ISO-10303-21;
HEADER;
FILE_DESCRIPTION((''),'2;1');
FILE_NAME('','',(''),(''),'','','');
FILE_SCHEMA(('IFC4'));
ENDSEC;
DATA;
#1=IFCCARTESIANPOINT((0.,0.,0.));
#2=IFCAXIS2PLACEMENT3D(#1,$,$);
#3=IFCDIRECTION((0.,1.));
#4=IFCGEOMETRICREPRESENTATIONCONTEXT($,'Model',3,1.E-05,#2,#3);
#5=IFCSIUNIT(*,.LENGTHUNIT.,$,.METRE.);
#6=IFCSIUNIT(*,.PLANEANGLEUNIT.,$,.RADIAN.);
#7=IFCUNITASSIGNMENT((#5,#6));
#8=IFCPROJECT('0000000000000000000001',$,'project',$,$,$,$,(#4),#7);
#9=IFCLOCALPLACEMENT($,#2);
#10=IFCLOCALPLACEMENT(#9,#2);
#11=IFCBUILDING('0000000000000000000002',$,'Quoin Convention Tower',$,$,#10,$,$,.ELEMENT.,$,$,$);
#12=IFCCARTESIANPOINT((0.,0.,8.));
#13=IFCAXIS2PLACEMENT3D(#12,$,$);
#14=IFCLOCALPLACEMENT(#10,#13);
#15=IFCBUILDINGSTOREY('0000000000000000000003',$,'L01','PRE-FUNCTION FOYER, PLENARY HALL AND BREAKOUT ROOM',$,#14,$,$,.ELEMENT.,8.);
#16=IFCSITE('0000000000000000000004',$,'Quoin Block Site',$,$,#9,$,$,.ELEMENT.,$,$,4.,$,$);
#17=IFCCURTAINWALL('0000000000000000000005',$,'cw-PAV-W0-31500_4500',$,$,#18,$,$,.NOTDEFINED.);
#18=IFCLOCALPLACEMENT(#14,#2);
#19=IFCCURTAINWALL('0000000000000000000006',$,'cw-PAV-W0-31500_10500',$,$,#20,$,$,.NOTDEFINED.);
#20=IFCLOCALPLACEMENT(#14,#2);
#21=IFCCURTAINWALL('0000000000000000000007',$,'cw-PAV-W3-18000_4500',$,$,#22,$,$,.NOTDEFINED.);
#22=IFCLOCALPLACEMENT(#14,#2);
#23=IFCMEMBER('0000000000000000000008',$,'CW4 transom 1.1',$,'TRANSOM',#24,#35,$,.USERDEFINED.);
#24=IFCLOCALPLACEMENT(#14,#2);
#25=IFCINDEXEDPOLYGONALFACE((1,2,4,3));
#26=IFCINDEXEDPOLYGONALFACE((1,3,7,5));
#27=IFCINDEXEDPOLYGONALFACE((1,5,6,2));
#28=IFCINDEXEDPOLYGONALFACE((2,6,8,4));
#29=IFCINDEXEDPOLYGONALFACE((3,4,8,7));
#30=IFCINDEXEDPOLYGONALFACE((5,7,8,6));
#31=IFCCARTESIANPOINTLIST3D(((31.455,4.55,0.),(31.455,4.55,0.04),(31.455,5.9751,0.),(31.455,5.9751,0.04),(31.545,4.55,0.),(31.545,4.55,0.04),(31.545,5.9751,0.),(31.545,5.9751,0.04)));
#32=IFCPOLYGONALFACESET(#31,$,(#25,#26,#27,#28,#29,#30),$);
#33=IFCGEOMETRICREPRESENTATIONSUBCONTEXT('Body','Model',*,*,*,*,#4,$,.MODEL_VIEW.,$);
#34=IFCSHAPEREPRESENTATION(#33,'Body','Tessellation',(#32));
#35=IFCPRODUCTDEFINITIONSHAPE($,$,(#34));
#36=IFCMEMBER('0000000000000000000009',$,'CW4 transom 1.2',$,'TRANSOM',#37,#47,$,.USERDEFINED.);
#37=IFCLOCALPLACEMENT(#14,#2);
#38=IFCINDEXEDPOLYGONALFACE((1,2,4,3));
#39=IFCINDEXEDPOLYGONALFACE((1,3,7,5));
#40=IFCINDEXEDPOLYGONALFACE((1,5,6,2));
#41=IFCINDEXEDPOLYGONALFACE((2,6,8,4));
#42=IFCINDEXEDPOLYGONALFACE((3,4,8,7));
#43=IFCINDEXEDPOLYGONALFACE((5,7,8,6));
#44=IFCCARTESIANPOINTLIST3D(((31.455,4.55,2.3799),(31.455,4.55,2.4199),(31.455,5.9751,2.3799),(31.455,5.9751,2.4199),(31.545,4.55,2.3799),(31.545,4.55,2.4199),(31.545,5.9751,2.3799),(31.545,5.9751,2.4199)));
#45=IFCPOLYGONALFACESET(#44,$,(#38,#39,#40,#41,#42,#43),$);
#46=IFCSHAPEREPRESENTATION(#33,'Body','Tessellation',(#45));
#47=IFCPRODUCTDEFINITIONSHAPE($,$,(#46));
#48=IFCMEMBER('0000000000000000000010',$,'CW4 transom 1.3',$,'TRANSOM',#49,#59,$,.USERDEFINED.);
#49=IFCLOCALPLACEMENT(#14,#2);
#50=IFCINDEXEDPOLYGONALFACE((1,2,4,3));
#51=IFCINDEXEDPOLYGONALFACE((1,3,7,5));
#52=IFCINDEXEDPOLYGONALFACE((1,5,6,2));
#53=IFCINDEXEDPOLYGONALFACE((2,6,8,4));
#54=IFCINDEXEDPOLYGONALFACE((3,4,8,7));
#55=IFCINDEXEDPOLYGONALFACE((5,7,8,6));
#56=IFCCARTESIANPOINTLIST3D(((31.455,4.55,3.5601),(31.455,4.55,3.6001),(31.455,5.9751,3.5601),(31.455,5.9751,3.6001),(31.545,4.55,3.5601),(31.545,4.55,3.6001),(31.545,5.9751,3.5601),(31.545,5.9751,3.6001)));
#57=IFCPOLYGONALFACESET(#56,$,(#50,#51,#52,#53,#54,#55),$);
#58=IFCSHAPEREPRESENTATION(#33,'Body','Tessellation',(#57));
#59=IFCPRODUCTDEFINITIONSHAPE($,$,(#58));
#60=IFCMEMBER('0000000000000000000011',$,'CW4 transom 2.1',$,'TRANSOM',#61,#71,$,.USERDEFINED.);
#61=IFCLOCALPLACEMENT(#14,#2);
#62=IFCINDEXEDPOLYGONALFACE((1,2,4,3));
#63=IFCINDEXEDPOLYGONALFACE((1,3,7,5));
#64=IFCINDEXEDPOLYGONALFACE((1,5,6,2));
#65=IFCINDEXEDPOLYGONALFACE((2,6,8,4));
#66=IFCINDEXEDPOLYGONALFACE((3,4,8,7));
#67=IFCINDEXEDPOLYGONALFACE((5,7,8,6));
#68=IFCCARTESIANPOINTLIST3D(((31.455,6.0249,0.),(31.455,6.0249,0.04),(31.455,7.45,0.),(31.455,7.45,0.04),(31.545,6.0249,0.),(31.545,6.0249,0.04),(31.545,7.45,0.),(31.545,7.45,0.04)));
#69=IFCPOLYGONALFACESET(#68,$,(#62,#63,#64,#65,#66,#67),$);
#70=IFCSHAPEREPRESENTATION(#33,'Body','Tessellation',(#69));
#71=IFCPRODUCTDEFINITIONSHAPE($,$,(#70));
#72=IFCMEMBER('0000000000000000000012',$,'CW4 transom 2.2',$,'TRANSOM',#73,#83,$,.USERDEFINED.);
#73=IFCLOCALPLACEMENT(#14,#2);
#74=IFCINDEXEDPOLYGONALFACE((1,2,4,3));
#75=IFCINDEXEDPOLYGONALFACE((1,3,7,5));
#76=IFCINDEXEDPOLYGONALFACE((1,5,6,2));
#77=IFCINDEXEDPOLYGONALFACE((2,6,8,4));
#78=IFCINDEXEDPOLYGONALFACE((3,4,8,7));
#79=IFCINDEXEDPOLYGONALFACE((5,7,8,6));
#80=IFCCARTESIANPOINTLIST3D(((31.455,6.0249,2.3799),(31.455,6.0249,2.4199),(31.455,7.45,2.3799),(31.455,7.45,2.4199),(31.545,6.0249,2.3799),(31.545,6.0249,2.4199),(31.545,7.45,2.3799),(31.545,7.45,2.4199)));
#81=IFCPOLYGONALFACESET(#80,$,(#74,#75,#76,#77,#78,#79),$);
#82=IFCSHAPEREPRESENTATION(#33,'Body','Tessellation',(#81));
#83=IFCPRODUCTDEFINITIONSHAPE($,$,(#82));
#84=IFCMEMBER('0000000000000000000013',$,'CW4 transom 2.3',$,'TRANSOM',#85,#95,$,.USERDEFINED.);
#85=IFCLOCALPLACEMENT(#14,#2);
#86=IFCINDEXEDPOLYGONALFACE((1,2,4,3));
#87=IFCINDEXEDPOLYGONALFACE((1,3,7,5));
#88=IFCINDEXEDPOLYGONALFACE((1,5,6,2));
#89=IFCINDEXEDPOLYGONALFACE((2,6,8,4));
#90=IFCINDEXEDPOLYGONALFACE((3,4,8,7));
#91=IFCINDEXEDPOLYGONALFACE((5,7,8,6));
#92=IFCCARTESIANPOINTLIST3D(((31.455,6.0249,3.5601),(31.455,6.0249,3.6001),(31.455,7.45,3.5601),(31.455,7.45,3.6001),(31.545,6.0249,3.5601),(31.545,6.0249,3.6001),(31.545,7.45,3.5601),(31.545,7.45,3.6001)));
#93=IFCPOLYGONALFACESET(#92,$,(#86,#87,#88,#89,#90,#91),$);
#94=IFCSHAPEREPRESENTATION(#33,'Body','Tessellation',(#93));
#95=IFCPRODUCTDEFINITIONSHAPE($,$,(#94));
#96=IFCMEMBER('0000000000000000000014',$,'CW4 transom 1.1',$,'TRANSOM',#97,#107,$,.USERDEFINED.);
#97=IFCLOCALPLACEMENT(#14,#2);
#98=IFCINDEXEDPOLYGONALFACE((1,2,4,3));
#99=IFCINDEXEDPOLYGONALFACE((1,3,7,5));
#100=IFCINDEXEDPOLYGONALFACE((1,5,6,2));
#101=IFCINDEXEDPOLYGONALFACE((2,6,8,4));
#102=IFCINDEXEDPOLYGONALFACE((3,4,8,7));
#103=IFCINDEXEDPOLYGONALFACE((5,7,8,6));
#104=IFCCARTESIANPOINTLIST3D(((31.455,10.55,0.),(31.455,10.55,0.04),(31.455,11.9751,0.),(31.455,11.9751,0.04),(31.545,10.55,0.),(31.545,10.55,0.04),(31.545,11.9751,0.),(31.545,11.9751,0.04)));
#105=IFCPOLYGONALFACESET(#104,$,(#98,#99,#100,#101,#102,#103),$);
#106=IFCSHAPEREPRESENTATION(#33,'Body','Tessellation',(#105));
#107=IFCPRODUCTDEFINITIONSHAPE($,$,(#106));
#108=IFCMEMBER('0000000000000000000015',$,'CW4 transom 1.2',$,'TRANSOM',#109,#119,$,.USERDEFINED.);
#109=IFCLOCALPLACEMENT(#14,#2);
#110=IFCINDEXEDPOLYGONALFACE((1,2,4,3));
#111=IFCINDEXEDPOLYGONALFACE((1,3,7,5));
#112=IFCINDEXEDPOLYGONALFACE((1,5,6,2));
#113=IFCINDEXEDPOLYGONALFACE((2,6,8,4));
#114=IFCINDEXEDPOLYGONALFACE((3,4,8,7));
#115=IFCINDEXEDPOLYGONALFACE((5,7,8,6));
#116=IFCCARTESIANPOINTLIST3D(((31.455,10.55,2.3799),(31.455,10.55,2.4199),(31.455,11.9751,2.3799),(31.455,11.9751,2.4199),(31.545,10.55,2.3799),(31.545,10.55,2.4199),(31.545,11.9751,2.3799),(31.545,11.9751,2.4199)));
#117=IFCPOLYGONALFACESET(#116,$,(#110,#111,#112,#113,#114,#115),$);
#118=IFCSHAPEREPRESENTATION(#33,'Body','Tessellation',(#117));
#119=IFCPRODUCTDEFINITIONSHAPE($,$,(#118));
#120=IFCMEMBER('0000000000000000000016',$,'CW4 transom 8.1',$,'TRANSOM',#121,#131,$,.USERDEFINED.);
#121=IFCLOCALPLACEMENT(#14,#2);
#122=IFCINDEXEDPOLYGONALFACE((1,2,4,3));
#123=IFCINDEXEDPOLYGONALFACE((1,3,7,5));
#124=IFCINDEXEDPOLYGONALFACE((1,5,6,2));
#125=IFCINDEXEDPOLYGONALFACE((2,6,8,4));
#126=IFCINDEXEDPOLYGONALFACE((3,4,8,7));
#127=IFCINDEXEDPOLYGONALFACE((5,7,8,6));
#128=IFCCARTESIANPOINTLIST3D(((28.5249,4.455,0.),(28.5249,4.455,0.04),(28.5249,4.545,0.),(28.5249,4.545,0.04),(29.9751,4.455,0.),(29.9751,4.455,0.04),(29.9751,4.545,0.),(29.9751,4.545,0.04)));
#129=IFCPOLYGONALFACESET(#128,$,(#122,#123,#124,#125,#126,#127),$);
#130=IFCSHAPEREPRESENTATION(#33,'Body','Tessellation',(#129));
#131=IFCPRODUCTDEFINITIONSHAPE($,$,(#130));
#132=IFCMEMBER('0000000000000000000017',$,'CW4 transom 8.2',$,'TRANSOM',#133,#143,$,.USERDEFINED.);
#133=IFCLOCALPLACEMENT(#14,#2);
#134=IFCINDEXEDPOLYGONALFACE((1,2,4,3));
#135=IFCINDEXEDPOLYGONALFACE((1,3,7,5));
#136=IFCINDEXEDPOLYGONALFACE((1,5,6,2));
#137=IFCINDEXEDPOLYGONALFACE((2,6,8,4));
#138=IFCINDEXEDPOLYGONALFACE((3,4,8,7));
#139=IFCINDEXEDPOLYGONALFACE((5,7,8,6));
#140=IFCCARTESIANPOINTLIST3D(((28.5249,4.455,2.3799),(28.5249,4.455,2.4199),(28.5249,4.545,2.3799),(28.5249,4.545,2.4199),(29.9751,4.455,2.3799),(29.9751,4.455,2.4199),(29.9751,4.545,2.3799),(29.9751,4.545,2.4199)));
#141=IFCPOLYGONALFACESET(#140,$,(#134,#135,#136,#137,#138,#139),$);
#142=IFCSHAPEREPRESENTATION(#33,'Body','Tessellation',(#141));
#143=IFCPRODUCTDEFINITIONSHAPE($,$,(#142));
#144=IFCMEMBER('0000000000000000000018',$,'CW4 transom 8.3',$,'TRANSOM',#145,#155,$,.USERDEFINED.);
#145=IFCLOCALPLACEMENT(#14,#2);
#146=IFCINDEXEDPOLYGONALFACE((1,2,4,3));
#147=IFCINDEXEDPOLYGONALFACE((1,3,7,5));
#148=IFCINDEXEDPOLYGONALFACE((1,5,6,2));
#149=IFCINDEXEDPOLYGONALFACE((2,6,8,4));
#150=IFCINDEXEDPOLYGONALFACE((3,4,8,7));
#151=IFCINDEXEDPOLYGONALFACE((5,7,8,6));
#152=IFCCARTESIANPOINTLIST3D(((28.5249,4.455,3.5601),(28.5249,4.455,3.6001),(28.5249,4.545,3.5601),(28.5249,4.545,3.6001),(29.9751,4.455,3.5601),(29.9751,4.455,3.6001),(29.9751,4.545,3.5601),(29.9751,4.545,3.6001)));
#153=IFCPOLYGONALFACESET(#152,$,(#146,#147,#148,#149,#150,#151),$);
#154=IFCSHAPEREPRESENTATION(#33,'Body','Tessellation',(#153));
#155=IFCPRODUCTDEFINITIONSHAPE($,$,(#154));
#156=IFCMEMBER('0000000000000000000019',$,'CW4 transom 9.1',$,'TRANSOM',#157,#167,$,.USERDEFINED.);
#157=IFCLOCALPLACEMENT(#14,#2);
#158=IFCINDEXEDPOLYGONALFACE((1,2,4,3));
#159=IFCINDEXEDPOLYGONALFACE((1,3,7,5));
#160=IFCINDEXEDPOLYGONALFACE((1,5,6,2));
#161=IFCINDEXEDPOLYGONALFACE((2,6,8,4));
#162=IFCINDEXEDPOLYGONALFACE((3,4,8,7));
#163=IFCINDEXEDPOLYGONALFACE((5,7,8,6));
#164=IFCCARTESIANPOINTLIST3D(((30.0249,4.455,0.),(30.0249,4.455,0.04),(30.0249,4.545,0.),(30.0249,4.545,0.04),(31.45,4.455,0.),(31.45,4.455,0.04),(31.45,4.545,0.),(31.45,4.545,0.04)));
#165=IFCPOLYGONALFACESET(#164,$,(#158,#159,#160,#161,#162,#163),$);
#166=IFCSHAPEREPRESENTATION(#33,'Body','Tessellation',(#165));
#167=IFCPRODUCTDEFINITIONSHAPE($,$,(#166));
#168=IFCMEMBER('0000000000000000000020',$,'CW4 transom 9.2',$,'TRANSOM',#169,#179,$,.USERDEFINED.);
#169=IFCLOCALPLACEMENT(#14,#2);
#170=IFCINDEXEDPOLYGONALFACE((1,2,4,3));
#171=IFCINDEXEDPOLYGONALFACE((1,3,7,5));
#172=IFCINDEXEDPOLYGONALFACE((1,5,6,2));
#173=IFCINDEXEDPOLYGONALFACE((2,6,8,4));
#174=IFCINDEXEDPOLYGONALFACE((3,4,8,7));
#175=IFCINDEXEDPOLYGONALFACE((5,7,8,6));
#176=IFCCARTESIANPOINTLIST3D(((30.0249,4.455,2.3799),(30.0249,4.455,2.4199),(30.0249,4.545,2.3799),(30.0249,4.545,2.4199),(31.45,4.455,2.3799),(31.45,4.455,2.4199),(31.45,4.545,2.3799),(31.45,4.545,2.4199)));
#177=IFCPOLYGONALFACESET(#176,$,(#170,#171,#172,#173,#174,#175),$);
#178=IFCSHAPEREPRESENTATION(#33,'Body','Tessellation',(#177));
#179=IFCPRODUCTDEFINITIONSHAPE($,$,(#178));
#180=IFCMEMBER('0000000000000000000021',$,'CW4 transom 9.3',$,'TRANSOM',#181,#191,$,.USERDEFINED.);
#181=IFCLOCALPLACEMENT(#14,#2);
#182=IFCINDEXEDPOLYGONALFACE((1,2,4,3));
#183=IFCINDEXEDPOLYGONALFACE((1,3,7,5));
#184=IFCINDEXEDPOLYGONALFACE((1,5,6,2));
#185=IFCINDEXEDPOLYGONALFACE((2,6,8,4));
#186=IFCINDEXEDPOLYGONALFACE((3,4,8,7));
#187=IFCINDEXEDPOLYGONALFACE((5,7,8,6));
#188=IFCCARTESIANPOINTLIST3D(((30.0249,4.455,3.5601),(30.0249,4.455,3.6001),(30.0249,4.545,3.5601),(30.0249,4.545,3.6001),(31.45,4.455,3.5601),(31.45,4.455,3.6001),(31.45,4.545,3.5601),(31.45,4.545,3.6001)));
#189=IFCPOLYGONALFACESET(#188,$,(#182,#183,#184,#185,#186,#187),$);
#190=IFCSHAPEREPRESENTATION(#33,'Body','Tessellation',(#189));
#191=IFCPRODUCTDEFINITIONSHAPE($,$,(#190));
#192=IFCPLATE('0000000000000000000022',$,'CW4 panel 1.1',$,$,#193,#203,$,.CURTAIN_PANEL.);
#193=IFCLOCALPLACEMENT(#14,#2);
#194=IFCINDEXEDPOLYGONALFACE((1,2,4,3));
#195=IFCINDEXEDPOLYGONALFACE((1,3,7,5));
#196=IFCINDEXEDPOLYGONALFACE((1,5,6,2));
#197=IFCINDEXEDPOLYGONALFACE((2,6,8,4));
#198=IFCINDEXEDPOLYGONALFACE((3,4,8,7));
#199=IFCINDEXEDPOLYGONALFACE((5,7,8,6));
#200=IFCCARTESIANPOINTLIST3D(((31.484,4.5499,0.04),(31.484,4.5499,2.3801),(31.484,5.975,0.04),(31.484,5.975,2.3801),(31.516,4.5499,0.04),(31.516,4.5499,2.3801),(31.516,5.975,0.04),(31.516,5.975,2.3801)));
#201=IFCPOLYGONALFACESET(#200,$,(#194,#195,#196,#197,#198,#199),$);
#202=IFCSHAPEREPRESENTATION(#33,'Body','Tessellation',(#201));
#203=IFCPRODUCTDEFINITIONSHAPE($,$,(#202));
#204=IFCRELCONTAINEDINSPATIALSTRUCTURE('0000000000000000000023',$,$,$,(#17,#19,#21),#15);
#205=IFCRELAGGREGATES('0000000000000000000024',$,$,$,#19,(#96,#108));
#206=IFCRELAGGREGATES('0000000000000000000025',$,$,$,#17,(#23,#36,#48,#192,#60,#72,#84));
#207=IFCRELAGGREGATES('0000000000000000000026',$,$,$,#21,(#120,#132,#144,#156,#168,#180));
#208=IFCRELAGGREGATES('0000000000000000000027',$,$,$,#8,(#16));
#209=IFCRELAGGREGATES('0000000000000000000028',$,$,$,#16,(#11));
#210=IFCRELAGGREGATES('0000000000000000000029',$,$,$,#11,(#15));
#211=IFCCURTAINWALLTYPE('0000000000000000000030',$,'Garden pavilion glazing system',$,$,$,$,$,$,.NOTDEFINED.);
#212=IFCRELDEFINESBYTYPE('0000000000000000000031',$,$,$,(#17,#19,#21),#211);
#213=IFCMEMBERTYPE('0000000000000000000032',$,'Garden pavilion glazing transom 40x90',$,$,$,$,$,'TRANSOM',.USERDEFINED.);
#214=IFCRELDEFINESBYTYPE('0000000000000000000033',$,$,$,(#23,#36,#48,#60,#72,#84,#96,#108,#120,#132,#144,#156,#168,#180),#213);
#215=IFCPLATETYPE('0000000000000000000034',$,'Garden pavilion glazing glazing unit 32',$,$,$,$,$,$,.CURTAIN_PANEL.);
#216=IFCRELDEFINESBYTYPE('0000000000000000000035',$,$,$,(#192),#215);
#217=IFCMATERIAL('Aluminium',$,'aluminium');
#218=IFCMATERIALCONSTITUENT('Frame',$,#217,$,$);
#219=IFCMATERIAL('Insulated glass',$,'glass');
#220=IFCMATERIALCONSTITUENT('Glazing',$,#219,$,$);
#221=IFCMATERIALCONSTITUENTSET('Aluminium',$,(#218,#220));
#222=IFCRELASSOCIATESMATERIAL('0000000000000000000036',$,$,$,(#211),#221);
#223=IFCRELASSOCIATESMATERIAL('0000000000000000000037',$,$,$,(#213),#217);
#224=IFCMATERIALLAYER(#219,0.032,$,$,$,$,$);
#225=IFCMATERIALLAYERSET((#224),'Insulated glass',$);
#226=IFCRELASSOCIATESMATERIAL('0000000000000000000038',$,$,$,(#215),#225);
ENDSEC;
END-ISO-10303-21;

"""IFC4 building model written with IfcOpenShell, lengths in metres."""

from ifc_helpers import new_model, si_unit, direction, frame, origin, origin_2d, place, context, subcontext, project, spatial, rectangle, extrude, material, layer, layer_set, constituent, constituent_set, material_profile, profile_set, type_object, element, aggregate, save


model = new_model("IFC4")

# Units and contexts
model_context = context("Model", 3, precision=1e-05, world=origin(), true_north=direction((0.0, 1.0)))
body_context = subcontext(model_context, "Body", "Model", "MODEL_VIEW")
ifc_project = project(units=[si_unit("LENGTHUNIT", "METRE"), si_unit("PLANEANGLEUNIT", "RADIAN")], contexts=[model_context])

# Site, building, storey
site_placement = place(None, origin())
site = spatial("IfcSite", under=ifc_project, at=site_placement, Name="Quoin Block Site", CompositionType="ELEMENT", RefElevation=4.0)
building_placement = place(site_placement, origin())
building = spatial("IfcBuilding", under=site, at=building_placement, Name="Quoin Convention Tower", CompositionType="ELEMENT")
storey_placement = place(building_placement, frame((0.0, 0.0, 8.0)))
storey = spatial("IfcBuildingStorey", under=building, at=storey_placement, Name="L01", Description="PRE-FUNCTION FOYER, PLENARY HALL AND BREAKOUT ROOM", CompositionType="ELEMENT", Elevation=8.0)

# Curtain wall
ifc_material_1 = material(Name="Aluminium", Category="aluminium")
ifc_constituent_1 = constituent(ifc_material_1, Name="Frame")
ifc_material_2 = material(Name="Insulated glass", Category="glass")
ifc_constituent_2 = constituent(ifc_material_2, Name="Glazing")
ifc_constituent_set_1 = constituent_set(constituents=[ifc_constituent_1, ifc_constituent_2], Name="Aluminium")
curtain_wall_type = type_object("IfcCurtainWallType", Name="Garden pavilion glazing system", PredefinedType="NOTDEFINED", material=ifc_constituent_set_1)
curtain_wall_1_placement = place(storey_placement, origin())
curtain_wall_1 = element("IfcCurtainWall", 1, at=curtain_wall_1_placement, inside=storey, type_object=curtain_wall_type, Name="cw-PAV-W0-31500_4500", PredefinedType="NOTDEFINED")

# Curtain wall
curtain_wall_2_placement = place(storey_placement, origin())
curtain_wall_2 = element("IfcCurtainWall", 2, at=curtain_wall_2_placement, inside=storey, type_object=curtain_wall_type, Name="cw-PAV-W0-31500_10500", PredefinedType="NOTDEFINED")

# Curtain wall
curtain_wall_3_placement = place(storey_placement, origin())
curtain_wall_3 = element("IfcCurtainWall", 3, at=curtain_wall_3_placement, inside=storey, type_object=curtain_wall_type, Name="cw-PAV-W3-18000_4500", PredefinedType="NOTDEFINED")

# Members
ifc_material_profile_1 = material_profile(ifc_material_1, rectangle(XDim=0.0901, YDim=0.04, at=origin_2d()), Name="Garden pavilion glazing transom 40x90")
ifc_profile_set_1 = profile_set([ifc_material_profile_1], Name="Aluminium")
member_type_1 = type_object("IfcMemberType", Name="Garden pavilion glazing transom 40x90", ElementType="TRANSOM", PredefinedType="USERDEFINED", material=ifc_profile_set_1)
member_1_placement = place(storey_placement, frame((31.5, 4.55, 0.02), z_axis=(0.0, 1.0, 0.0), x_axis=(-1.0, 0.0, 0.0)))
member_1 = element("IfcMember", 4, at=member_1_placement, type_object=member_type_1, Name="CW4 transom 1.1", ObjectType="TRANSOM", PredefinedType="USERDEFINED", context=body_context, shape_type="SweptSolid", body=[
    extrude(rectangle(XDim=0.0901, YDim=0.04, at=origin_2d()), origin(), (0.0, 0.0, 1.0), 1.425),
])
member_2_placement = place(storey_placement, frame((31.5, 4.55, 2.3999), z_axis=(0.0, 1.0, 0.0), x_axis=(-1.0, 0.0, 0.0)))
member_2 = element("IfcMember", 5, at=member_2_placement, type_object=member_type_1, Name="CW4 transom 1.2", ObjectType="TRANSOM", PredefinedType="USERDEFINED", context=body_context, shape_type="SweptSolid", body=[
    extrude(rectangle(XDim=0.0901, YDim=0.04, at=origin_2d()), origin(), (0.0, 0.0, 1.0), 1.425),
])
member_3_placement = place(storey_placement, frame((31.5, 4.55, 3.5801), z_axis=(0.0, 1.0, 0.0), x_axis=(-1.0, 0.0, 0.0)))
member_3 = element("IfcMember", 6, at=member_3_placement, type_object=member_type_1, Name="CW4 transom 1.3", ObjectType="TRANSOM", PredefinedType="USERDEFINED", context=body_context, shape_type="SweptSolid", body=[
    extrude(rectangle(XDim=0.0901, YDim=0.04, at=origin_2d()), origin(), (0.0, 0.0, 1.0), 1.425),
])
member_4_placement = place(storey_placement, frame((31.5, 6.0249, 0.02), z_axis=(0.0, 1.0, 0.0), x_axis=(-1.0, 0.0, 0.0)))
member_4 = element("IfcMember", 7, at=member_4_placement, type_object=member_type_1, Name="CW4 transom 2.1", ObjectType="TRANSOM", PredefinedType="USERDEFINED", context=body_context, shape_type="SweptSolid", body=[
    extrude(rectangle(XDim=0.0901, YDim=0.04, at=origin_2d()), origin(), (0.0, 0.0, 1.0), 1.425),
])
member_5_placement = place(storey_placement, frame((31.5, 6.0249, 2.3999), z_axis=(0.0, 1.0, 0.0), x_axis=(-1.0, 0.0, 0.0)))
member_5 = element("IfcMember", 8, at=member_5_placement, type_object=member_type_1, Name="CW4 transom 2.2", ObjectType="TRANSOM", PredefinedType="USERDEFINED", context=body_context, shape_type="SweptSolid", body=[
    extrude(rectangle(XDim=0.0901, YDim=0.04, at=origin_2d()), origin(), (0.0, 0.0, 1.0), 1.425),
])
member_6_placement = place(storey_placement, frame((31.5, 6.0249, 3.5801), z_axis=(0.0, 1.0, 0.0), x_axis=(-1.0, 0.0, 0.0)))
member_6 = element("IfcMember", 9, at=member_6_placement, type_object=member_type_1, Name="CW4 transom 2.3", ObjectType="TRANSOM", PredefinedType="USERDEFINED", context=body_context, shape_type="SweptSolid", body=[
    extrude(rectangle(XDim=0.0901, YDim=0.04, at=origin_2d()), origin(), (0.0, 0.0, 1.0), 1.425),
])
member_7_placement = place(storey_placement, frame((31.5, 10.55, 0.02), z_axis=(0.0, 1.0, 0.0), x_axis=(-1.0, 0.0, 0.0)))
member_7 = element("IfcMember", 10, at=member_7_placement, type_object=member_type_1, Name="CW4 transom 1.1", ObjectType="TRANSOM", PredefinedType="USERDEFINED", context=body_context, shape_type="SweptSolid", body=[
    extrude(rectangle(XDim=0.0901, YDim=0.04, at=origin_2d()), origin(), (0.0, 0.0, 1.0), 1.425),
])
member_8_placement = place(storey_placement, frame((31.5, 10.55, 2.3999), z_axis=(0.0, 1.0, 0.0), x_axis=(-1.0, 0.0, 0.0)))
member_8 = element("IfcMember", 11, at=member_8_placement, type_object=member_type_1, Name="CW4 transom 1.2", ObjectType="TRANSOM", PredefinedType="USERDEFINED", context=body_context, shape_type="SweptSolid", body=[
    extrude(rectangle(XDim=0.0901, YDim=0.04, at=origin_2d()), origin(), (0.0, 0.0, 1.0), 1.425),
])
aggregate(curtain_wall_2, [member_7, member_8])
member_9_placement = place(storey_placement, frame((28.5249, 4.5, 0.02), z_axis=(1.0, 0.0, 0.0), x_axis=(0.0, 1.0, 0.0)))
member_9 = element("IfcMember", 12, at=member_9_placement, type_object=member_type_1, Name="CW4 transom 8.1", ObjectType="TRANSOM", PredefinedType="USERDEFINED", context=body_context, shape_type="SweptSolid", body=[
    extrude(rectangle(XDim=0.0901, YDim=0.04, at=origin_2d()), origin(), (0.0, 0.0, 1.0), 1.4502),
])
member_10_placement = place(storey_placement, frame((28.5249, 4.5, 2.3999), z_axis=(1.0, 0.0, 0.0), x_axis=(0.0, 1.0, 0.0)))
member_10 = element("IfcMember", 13, at=member_10_placement, type_object=member_type_1, Name="CW4 transom 8.2", ObjectType="TRANSOM", PredefinedType="USERDEFINED", context=body_context, shape_type="SweptSolid", body=[
    extrude(rectangle(XDim=0.0901, YDim=0.04, at=origin_2d()), origin(), (0.0, 0.0, 1.0), 1.4502),
])
member_11_placement = place(storey_placement, frame((28.5249, 4.5, 3.5801), z_axis=(1.0, 0.0, 0.0), x_axis=(0.0, 1.0, 0.0)))
member_11 = element("IfcMember", 14, at=member_11_placement, type_object=member_type_1, Name="CW4 transom 8.3", ObjectType="TRANSOM", PredefinedType="USERDEFINED", context=body_context, shape_type="SweptSolid", body=[
    extrude(rectangle(XDim=0.0901, YDim=0.04, at=origin_2d()), origin(), (0.0, 0.0, 1.0), 1.4502),
])
member_12_placement = place(storey_placement, frame((30.0249, 4.5, 0.02), z_axis=(1.0, 0.0, 0.0), x_axis=(0.0, 1.0, 0.0)))
member_12 = element("IfcMember", 15, at=member_12_placement, type_object=member_type_1, Name="CW4 transom 9.1", ObjectType="TRANSOM", PredefinedType="USERDEFINED", context=body_context, shape_type="SweptSolid", body=[
    extrude(rectangle(XDim=0.0901, YDim=0.04, at=origin_2d()), origin(), (0.0, 0.0, 1.0), 1.425),
])
member_13_placement = place(storey_placement, frame((30.0249, 4.5, 2.3999), z_axis=(1.0, 0.0, 0.0), x_axis=(0.0, 1.0, 0.0)))
member_13 = element("IfcMember", 16, at=member_13_placement, type_object=member_type_1, Name="CW4 transom 9.2", ObjectType="TRANSOM", PredefinedType="USERDEFINED", context=body_context, shape_type="SweptSolid", body=[
    extrude(rectangle(XDim=0.0901, YDim=0.04, at=origin_2d()), origin(), (0.0, 0.0, 1.0), 1.425),
])
member_14_placement = place(storey_placement, frame((30.0249, 4.5, 3.5801), z_axis=(1.0, 0.0, 0.0), x_axis=(0.0, 1.0, 0.0)))
member_14 = element("IfcMember", 17, at=member_14_placement, type_object=member_type_1, Name="CW4 transom 9.3", ObjectType="TRANSOM", PredefinedType="USERDEFINED", context=body_context, shape_type="SweptSolid", body=[
    extrude(rectangle(XDim=0.0901, YDim=0.04, at=origin_2d()), origin(), (0.0, 0.0, 1.0), 1.425),
])

# Plate
ifc_layer_1 = layer(ifc_material_2, 0.032)
ifc_layer_set_1 = layer_set([ifc_layer_1], Name="Insulated glass")
plate_type = type_object("IfcPlateType", Name="Garden pavilion glazing glazing unit 32", PredefinedType="CURTAIN_PANEL", material=ifc_layer_set_1)
plate_1_placement = place(storey_placement, frame((31.5, 5.2625, 0.04), z_axis=(0.0, 0.0, 1.0), x_axis=(0.0, 1.0, 0.0)))
plate_1 = element("IfcPlate", 18, at=plate_1_placement, type_object=plate_type, Name="CW4 panel 1.1", PredefinedType="CURTAIN_PANEL", context=body_context, shape_type="SweptSolid", body=[
    extrude(rectangle(XDim=1.425, YDim=0.032, at=origin_2d()), origin(), (0.0, 0.0, 1.0), 2.3401),
])
aggregate(curtain_wall_1, [member_1, member_2, member_3, plate_1, member_4, member_5, member_6])
aggregate(curtain_wall_3, [member_9, member_10, member_11, member_12, member_13, member_14])

save(model, "model.ifc")
